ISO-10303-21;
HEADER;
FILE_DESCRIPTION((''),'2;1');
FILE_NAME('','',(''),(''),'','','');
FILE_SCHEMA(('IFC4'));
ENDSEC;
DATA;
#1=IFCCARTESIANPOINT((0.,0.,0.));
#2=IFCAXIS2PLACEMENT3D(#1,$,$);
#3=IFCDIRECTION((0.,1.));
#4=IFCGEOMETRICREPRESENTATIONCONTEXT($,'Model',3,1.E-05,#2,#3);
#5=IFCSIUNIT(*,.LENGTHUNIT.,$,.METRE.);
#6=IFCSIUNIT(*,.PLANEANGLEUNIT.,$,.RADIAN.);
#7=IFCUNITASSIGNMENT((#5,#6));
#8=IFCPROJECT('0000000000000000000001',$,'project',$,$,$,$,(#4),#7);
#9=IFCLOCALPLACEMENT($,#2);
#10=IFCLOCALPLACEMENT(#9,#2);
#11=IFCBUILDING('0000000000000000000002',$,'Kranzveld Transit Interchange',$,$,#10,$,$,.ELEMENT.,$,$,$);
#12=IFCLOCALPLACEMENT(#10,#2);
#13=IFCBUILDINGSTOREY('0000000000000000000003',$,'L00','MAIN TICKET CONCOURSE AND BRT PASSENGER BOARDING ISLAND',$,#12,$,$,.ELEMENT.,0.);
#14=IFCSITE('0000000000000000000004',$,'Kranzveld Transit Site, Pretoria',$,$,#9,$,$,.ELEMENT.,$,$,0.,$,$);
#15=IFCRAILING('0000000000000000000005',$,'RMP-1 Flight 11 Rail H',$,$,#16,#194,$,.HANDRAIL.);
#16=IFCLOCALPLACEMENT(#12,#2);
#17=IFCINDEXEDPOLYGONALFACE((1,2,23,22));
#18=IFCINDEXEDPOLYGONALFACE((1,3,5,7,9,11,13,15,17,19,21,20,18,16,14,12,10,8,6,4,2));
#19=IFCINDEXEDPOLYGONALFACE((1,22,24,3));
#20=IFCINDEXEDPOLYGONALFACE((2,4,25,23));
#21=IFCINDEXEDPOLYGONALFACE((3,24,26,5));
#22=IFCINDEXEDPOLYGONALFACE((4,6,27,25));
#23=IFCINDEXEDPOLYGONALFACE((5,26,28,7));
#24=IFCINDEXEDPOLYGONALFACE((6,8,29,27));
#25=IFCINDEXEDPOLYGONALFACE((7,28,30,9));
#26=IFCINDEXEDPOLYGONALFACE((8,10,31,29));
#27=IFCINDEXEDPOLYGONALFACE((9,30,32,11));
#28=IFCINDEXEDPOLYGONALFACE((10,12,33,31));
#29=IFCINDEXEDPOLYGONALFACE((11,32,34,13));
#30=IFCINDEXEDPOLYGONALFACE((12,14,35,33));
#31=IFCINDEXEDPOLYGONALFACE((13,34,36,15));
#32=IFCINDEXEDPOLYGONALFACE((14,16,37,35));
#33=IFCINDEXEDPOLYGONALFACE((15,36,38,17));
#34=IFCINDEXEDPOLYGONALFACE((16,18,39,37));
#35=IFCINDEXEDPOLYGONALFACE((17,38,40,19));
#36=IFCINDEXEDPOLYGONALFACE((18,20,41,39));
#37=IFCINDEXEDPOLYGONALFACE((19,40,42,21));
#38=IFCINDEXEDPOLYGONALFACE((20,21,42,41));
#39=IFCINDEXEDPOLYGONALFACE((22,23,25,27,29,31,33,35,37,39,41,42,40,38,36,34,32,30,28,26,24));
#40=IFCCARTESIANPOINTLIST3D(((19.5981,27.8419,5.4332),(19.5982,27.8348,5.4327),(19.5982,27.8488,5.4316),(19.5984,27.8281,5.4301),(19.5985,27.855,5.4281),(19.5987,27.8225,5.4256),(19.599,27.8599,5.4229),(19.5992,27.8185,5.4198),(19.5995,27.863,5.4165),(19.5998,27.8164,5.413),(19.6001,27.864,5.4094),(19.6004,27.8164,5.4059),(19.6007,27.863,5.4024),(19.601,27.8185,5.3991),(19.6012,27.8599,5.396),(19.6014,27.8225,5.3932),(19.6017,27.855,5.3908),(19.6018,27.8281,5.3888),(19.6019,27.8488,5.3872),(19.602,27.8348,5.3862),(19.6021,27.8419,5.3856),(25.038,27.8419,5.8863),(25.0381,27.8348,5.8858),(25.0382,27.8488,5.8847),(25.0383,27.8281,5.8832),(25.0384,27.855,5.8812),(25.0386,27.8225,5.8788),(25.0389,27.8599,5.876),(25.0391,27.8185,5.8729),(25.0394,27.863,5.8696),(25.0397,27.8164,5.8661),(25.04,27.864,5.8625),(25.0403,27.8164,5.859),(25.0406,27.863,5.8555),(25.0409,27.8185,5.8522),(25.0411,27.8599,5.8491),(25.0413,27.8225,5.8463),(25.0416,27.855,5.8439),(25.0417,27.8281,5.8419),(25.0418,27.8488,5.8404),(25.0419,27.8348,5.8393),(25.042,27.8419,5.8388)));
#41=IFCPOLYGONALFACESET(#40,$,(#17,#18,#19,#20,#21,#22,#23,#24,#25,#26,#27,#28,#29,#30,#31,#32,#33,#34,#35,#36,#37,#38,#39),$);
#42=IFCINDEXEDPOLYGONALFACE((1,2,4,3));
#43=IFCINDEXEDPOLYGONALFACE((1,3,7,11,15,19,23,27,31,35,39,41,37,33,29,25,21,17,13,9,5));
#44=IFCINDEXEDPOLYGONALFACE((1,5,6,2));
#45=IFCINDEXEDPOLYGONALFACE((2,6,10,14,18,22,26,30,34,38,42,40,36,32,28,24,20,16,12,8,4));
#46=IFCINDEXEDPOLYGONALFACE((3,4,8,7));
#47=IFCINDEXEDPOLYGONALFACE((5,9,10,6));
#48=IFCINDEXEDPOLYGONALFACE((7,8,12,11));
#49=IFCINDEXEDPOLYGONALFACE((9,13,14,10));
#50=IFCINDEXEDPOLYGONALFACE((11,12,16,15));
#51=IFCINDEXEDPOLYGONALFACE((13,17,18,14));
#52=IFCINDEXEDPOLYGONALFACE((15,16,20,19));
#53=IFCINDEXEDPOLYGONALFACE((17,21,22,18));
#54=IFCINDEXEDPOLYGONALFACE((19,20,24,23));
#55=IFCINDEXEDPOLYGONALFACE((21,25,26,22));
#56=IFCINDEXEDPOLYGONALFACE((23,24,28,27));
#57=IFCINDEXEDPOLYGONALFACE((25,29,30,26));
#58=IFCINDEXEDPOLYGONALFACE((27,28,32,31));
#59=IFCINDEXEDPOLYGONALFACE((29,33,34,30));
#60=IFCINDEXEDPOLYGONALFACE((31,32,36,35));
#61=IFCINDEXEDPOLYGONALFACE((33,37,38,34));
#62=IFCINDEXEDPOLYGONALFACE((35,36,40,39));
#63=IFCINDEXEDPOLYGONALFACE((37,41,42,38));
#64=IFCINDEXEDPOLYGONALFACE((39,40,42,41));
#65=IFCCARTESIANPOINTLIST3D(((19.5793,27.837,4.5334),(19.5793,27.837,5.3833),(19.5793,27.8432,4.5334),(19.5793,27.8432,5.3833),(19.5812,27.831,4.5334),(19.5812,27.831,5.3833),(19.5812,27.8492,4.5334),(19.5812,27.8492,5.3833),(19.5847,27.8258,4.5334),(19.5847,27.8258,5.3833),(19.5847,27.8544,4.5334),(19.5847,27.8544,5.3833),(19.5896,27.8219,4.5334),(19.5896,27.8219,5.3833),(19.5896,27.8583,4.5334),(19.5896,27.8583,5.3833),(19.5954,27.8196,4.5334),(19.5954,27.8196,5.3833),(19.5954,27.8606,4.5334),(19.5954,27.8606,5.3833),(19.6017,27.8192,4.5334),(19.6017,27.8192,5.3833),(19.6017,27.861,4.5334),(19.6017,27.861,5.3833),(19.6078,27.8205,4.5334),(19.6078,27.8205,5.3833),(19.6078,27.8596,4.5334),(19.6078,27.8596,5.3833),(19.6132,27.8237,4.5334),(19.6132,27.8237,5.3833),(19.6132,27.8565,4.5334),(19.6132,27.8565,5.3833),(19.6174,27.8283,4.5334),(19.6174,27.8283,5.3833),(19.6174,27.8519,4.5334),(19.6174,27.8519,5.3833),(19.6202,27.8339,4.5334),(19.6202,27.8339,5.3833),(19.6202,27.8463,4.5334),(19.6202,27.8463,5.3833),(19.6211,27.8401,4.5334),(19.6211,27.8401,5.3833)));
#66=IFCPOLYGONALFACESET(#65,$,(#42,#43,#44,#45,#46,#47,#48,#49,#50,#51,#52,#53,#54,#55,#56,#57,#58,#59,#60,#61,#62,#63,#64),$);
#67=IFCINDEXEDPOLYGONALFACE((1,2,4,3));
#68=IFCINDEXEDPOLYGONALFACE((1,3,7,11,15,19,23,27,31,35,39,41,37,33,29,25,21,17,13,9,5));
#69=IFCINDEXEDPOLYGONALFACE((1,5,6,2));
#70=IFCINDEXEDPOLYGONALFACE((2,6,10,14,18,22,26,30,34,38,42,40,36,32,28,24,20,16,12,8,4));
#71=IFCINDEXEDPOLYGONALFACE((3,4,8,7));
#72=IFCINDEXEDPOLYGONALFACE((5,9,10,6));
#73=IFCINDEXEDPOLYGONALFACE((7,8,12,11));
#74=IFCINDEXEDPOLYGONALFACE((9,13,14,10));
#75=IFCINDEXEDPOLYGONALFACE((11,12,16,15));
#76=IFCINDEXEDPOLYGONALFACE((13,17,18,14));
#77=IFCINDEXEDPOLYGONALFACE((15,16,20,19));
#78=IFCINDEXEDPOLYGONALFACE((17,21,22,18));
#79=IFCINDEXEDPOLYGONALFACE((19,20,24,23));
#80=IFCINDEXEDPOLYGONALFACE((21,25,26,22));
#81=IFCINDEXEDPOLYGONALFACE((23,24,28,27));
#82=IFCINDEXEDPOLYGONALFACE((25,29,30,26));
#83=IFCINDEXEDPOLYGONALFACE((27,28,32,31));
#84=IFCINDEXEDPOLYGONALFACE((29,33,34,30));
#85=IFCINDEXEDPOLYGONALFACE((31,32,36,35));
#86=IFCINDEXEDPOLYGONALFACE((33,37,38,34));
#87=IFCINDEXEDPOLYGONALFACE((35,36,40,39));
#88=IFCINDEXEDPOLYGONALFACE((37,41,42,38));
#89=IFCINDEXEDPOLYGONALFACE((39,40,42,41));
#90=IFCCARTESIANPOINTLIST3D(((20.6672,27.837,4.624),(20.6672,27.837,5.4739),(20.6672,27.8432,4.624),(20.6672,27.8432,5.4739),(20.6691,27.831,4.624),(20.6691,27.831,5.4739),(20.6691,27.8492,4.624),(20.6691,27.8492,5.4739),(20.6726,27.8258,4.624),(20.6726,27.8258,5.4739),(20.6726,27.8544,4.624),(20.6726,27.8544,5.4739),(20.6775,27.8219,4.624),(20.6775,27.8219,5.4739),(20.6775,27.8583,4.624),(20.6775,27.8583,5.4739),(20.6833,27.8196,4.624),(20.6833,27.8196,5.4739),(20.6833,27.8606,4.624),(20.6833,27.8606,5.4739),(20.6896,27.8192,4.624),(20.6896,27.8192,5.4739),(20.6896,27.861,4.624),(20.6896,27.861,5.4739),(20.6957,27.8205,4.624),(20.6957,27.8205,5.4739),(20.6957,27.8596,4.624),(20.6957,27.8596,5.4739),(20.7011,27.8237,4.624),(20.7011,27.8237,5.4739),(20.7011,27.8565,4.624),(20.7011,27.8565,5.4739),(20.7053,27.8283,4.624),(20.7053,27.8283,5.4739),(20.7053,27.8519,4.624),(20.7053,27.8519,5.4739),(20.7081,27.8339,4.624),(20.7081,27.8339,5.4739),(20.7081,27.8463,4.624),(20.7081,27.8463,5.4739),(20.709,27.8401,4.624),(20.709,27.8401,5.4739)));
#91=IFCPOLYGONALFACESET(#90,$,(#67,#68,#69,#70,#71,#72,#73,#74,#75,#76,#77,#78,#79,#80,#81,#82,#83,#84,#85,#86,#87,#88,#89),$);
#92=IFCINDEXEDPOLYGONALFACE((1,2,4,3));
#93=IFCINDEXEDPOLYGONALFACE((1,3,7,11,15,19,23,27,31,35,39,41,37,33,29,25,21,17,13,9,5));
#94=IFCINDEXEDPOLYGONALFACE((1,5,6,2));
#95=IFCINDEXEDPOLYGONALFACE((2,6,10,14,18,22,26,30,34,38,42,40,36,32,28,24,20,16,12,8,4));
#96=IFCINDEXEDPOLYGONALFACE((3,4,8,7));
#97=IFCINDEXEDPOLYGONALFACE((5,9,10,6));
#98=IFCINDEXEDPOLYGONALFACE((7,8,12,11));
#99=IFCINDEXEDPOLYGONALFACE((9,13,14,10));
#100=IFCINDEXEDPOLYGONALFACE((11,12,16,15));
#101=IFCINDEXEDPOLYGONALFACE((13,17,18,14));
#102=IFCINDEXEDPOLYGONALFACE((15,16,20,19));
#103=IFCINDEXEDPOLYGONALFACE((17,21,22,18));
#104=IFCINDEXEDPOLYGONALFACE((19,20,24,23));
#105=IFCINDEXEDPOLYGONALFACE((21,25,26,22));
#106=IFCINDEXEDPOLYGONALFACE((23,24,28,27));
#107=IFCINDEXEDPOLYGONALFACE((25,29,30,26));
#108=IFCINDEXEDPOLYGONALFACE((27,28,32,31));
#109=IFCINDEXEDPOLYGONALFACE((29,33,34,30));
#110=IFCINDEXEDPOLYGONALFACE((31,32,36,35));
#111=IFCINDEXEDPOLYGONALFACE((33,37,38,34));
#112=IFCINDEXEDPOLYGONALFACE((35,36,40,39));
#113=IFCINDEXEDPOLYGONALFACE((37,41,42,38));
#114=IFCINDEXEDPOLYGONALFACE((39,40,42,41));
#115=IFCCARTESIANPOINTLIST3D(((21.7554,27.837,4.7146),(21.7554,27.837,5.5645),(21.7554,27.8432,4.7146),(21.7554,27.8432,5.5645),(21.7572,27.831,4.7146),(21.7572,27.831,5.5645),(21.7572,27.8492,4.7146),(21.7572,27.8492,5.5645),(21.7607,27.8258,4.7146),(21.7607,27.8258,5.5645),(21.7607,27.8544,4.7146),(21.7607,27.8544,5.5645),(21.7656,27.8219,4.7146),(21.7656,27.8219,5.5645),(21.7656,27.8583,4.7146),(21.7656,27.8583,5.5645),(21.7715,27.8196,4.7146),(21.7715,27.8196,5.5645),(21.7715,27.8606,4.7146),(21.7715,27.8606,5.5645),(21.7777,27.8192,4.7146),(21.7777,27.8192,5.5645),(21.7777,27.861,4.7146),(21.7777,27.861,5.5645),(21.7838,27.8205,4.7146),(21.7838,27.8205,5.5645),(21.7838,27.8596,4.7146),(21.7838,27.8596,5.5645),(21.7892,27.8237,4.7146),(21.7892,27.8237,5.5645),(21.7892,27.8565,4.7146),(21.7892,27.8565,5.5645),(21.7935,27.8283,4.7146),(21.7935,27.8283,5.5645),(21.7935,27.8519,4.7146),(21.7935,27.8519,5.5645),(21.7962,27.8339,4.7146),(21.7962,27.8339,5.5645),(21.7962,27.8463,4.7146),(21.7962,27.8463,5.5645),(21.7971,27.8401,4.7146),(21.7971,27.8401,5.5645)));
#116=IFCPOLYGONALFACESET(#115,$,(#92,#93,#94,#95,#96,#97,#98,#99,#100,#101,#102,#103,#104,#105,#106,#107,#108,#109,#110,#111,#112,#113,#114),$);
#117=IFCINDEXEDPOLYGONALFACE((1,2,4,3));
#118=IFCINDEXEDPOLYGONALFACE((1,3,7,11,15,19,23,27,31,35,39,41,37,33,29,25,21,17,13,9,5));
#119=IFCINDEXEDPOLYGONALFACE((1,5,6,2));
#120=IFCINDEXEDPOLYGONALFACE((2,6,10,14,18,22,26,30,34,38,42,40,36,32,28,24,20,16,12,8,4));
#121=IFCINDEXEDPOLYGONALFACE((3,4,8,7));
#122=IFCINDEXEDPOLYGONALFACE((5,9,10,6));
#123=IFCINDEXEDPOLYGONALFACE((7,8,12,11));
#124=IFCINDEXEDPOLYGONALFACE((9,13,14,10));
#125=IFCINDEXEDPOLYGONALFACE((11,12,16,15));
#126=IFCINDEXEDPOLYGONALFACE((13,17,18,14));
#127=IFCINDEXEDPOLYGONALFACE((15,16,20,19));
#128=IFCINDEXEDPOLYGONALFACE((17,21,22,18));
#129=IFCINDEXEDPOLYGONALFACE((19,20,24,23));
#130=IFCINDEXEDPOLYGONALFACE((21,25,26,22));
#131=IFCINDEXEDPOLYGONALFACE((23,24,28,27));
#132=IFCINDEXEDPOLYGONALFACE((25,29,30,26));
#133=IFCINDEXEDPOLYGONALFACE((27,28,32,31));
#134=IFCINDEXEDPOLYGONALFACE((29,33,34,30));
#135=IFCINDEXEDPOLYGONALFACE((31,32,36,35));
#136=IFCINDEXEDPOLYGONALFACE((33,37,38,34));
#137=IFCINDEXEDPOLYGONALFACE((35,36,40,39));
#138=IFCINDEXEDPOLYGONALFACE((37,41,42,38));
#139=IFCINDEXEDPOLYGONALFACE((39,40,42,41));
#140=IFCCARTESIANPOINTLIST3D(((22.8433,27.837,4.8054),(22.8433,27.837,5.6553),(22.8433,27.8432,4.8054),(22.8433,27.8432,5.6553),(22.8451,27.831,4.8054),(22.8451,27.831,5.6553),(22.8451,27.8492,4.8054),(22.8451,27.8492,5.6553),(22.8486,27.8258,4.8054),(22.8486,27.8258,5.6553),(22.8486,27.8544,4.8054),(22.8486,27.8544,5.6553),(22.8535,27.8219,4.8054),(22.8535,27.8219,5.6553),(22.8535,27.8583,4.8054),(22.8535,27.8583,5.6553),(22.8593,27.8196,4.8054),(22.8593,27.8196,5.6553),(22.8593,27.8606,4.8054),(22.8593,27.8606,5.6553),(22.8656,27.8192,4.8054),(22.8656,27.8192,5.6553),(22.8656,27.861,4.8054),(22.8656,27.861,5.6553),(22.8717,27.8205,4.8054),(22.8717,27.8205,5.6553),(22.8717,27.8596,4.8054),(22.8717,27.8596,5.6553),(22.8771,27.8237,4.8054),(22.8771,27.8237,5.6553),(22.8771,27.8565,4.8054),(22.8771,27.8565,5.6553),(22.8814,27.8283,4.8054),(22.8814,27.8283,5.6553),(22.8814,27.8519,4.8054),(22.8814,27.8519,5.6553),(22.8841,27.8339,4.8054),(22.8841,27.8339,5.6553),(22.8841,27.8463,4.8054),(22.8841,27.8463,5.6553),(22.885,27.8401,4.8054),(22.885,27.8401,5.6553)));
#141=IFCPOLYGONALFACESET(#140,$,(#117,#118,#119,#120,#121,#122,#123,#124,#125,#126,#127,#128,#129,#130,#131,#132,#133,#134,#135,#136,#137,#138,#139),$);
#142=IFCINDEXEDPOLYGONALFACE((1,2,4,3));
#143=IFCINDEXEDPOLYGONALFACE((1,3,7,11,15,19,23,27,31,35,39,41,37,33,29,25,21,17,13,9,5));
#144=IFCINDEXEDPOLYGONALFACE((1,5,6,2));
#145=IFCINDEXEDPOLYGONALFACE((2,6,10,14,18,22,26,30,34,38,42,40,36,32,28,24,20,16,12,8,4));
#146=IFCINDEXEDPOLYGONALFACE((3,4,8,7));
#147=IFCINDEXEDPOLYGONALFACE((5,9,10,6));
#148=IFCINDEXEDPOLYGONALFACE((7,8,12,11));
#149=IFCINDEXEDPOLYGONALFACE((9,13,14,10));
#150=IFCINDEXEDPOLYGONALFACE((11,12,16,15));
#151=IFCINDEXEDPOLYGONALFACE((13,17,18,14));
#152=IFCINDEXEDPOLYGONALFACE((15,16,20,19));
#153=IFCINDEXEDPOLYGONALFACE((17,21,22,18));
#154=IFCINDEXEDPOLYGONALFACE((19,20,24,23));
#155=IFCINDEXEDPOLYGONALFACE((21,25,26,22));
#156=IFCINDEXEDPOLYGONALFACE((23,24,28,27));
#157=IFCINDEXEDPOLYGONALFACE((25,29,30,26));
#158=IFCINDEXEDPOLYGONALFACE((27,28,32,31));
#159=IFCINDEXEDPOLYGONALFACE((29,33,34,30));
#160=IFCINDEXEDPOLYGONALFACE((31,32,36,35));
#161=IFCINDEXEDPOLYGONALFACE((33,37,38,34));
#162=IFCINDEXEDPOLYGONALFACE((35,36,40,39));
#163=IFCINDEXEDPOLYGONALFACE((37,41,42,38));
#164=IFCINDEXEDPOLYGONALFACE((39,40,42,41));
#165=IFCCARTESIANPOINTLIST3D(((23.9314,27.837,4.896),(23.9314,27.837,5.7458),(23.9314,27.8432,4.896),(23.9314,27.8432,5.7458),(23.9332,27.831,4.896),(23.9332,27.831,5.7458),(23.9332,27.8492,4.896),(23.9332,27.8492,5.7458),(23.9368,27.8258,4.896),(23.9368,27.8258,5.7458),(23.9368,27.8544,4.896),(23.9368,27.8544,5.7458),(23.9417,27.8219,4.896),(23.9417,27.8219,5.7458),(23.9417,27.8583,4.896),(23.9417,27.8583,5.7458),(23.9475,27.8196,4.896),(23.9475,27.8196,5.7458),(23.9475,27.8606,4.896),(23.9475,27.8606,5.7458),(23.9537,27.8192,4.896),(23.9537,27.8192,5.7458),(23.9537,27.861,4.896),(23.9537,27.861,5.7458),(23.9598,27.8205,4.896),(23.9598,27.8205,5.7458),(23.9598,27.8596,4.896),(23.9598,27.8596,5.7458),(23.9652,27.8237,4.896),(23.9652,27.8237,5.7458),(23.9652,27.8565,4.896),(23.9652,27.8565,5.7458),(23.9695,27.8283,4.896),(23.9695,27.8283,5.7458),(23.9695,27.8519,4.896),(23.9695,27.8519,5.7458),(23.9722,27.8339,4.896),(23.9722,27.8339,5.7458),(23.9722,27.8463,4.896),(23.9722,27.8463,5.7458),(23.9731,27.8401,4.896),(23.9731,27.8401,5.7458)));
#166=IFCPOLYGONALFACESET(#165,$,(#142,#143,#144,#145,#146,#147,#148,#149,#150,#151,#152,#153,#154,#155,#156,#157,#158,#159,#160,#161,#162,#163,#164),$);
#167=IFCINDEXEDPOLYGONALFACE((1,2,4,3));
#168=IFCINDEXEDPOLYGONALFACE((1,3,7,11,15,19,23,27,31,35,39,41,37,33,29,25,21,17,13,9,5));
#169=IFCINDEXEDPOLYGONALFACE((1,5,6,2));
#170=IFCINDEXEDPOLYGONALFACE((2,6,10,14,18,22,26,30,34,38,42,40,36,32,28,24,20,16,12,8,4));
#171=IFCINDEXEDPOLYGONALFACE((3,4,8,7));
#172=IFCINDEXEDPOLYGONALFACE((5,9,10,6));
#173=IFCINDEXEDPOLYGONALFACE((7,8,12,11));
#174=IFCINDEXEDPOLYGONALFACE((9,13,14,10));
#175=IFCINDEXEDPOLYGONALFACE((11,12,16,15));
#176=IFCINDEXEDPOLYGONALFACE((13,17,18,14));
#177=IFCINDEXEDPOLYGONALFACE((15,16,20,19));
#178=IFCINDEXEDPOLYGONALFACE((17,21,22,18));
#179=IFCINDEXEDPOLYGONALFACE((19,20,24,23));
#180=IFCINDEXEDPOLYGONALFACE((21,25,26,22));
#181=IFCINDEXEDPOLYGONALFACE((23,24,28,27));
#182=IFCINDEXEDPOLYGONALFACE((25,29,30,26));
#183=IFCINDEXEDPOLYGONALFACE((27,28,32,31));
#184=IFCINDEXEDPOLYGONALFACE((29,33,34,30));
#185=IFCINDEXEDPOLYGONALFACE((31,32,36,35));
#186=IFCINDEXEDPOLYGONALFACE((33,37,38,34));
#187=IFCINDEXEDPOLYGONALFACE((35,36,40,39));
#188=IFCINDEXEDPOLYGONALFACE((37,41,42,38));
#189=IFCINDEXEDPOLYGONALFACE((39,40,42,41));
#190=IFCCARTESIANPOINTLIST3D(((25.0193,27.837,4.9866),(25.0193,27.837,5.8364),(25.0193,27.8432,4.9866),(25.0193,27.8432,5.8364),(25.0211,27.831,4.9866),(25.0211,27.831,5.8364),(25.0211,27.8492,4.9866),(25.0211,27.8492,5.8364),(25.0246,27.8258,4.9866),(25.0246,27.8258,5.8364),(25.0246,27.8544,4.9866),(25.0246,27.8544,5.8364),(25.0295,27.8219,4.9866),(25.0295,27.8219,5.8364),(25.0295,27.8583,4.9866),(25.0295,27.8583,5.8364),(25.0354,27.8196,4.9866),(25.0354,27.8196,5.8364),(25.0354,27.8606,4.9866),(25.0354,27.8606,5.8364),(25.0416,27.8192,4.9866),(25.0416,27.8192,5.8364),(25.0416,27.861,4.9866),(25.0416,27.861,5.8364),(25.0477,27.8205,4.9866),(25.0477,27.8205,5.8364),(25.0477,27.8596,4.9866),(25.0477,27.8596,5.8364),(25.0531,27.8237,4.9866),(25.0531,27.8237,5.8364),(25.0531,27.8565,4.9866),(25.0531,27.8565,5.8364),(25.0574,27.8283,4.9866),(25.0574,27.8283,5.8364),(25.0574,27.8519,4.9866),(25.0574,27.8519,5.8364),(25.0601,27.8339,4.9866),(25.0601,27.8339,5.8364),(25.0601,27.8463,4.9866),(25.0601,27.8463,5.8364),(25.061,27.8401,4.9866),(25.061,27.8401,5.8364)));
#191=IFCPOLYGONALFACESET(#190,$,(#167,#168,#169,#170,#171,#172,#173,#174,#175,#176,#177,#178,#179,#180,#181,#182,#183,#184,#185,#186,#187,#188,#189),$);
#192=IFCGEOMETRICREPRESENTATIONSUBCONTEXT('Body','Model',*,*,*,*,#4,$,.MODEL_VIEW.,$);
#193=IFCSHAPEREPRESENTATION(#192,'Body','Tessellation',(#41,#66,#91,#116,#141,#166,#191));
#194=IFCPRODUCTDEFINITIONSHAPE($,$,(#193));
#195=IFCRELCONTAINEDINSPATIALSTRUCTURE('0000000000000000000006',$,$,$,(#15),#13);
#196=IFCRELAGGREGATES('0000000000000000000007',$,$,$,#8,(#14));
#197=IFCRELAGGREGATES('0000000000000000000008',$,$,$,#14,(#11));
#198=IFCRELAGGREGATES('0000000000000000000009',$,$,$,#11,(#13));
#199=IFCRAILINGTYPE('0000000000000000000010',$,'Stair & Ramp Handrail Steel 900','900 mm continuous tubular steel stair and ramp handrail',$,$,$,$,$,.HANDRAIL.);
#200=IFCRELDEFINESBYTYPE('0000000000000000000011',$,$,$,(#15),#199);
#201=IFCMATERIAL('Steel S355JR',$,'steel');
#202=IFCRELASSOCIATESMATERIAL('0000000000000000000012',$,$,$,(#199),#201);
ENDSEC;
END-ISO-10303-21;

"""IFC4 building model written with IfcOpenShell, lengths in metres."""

from ifc_helpers import new_model, si_unit, direction, frame, origin, origin_2d, place, context, subcontext, project, spatial, circle, extrude, material, type_object, element, save


model = new_model("IFC4")

# Units and contexts
model_context = context("Model", 3, precision=1e-05, world=origin(), true_north=direction((0.0, 1.0)))
body_context = subcontext(model_context, "Body", "Model", "MODEL_VIEW")
ifc_project = project(units=[si_unit("LENGTHUNIT", "METRE"), si_unit("PLANEANGLEUNIT", "RADIAN")], contexts=[model_context])

# Site, building, storey
site_placement = place(None, origin())
site = spatial("IfcSite", under=ifc_project, at=site_placement, Name="Kranzveld Transit Site, Pretoria", CompositionType="ELEMENT", RefElevation=0.0)
building_placement = place(site_placement, origin())
building = spatial("IfcBuilding", under=site, at=building_placement, Name="Kranzveld Transit Interchange", CompositionType="ELEMENT")
storey_placement = place(building_placement, origin())
storey = spatial("IfcBuildingStorey", under=building, at=storey_placement, Name="L00", Description="MAIN TICKET CONCOURSE AND BRT PASSENGER BOARDING ISLAND", CompositionType="ELEMENT", Elevation=0.0)

# Railing
ifc_material_1 = material(Name="Steel S355JR", Category="steel")
railing_type_1 = type_object("IfcRailingType", Name="Stair & Ramp Handrail Steel 900", Description="900 mm continuous tubular steel stair and ramp handrail", PredefinedType="HANDRAIL", material=ifc_material_1)
railing_1_placement = place(storey_placement, frame((19.6001, 27.8401, 4.5334)))
element("IfcRailing", 1, at=railing_1_placement, inside=storey, type_object=railing_type_1, Name="RMP-1 Flight 11 Rail H", PredefinedType="HANDRAIL", context=body_context, shape_type="SweptSolid", body=[
    extrude(circle(Radius=0.0239, at=origin_2d()), frame((0.0, 0.0, 0.876), z_axis=(0.996549, 0.0, 0.083008), x_axis=(0.0, 1.0, 0.0)), (0.0, 0.0, 1.0), 5.4587),
    extrude(circle(Radius=0.021, at=origin_2d()), origin(), (0.0, 0.0, 1.0), 0.8499),
    extrude(circle(Radius=0.021, at=origin_2d()), frame((1.0879, 0.0, 0.0906)), (0.0, 0.0, 1.0), 0.8499),
    extrude(circle(Radius=0.021, at=origin_2d()), frame((2.176, 0.0, 0.1812)), (0.0, 0.0, 1.0), 0.8499),
    extrude(circle(Radius=0.021, at=origin_2d()), frame((3.2639, 0.0, 0.272)), (0.0, 0.0, 1.0), 0.8499),
    extrude(circle(Radius=0.021, at=origin_2d()), frame((4.3521, 0.0, 0.3625)), (0.0, 0.0, 1.0), 0.8499),
    extrude(circle(Radius=0.021, at=origin_2d()), frame((5.4399, 0.0, 0.4531)), (0.0, 0.0, 1.0), 0.8499),
])

save(model, "model.ifc")
